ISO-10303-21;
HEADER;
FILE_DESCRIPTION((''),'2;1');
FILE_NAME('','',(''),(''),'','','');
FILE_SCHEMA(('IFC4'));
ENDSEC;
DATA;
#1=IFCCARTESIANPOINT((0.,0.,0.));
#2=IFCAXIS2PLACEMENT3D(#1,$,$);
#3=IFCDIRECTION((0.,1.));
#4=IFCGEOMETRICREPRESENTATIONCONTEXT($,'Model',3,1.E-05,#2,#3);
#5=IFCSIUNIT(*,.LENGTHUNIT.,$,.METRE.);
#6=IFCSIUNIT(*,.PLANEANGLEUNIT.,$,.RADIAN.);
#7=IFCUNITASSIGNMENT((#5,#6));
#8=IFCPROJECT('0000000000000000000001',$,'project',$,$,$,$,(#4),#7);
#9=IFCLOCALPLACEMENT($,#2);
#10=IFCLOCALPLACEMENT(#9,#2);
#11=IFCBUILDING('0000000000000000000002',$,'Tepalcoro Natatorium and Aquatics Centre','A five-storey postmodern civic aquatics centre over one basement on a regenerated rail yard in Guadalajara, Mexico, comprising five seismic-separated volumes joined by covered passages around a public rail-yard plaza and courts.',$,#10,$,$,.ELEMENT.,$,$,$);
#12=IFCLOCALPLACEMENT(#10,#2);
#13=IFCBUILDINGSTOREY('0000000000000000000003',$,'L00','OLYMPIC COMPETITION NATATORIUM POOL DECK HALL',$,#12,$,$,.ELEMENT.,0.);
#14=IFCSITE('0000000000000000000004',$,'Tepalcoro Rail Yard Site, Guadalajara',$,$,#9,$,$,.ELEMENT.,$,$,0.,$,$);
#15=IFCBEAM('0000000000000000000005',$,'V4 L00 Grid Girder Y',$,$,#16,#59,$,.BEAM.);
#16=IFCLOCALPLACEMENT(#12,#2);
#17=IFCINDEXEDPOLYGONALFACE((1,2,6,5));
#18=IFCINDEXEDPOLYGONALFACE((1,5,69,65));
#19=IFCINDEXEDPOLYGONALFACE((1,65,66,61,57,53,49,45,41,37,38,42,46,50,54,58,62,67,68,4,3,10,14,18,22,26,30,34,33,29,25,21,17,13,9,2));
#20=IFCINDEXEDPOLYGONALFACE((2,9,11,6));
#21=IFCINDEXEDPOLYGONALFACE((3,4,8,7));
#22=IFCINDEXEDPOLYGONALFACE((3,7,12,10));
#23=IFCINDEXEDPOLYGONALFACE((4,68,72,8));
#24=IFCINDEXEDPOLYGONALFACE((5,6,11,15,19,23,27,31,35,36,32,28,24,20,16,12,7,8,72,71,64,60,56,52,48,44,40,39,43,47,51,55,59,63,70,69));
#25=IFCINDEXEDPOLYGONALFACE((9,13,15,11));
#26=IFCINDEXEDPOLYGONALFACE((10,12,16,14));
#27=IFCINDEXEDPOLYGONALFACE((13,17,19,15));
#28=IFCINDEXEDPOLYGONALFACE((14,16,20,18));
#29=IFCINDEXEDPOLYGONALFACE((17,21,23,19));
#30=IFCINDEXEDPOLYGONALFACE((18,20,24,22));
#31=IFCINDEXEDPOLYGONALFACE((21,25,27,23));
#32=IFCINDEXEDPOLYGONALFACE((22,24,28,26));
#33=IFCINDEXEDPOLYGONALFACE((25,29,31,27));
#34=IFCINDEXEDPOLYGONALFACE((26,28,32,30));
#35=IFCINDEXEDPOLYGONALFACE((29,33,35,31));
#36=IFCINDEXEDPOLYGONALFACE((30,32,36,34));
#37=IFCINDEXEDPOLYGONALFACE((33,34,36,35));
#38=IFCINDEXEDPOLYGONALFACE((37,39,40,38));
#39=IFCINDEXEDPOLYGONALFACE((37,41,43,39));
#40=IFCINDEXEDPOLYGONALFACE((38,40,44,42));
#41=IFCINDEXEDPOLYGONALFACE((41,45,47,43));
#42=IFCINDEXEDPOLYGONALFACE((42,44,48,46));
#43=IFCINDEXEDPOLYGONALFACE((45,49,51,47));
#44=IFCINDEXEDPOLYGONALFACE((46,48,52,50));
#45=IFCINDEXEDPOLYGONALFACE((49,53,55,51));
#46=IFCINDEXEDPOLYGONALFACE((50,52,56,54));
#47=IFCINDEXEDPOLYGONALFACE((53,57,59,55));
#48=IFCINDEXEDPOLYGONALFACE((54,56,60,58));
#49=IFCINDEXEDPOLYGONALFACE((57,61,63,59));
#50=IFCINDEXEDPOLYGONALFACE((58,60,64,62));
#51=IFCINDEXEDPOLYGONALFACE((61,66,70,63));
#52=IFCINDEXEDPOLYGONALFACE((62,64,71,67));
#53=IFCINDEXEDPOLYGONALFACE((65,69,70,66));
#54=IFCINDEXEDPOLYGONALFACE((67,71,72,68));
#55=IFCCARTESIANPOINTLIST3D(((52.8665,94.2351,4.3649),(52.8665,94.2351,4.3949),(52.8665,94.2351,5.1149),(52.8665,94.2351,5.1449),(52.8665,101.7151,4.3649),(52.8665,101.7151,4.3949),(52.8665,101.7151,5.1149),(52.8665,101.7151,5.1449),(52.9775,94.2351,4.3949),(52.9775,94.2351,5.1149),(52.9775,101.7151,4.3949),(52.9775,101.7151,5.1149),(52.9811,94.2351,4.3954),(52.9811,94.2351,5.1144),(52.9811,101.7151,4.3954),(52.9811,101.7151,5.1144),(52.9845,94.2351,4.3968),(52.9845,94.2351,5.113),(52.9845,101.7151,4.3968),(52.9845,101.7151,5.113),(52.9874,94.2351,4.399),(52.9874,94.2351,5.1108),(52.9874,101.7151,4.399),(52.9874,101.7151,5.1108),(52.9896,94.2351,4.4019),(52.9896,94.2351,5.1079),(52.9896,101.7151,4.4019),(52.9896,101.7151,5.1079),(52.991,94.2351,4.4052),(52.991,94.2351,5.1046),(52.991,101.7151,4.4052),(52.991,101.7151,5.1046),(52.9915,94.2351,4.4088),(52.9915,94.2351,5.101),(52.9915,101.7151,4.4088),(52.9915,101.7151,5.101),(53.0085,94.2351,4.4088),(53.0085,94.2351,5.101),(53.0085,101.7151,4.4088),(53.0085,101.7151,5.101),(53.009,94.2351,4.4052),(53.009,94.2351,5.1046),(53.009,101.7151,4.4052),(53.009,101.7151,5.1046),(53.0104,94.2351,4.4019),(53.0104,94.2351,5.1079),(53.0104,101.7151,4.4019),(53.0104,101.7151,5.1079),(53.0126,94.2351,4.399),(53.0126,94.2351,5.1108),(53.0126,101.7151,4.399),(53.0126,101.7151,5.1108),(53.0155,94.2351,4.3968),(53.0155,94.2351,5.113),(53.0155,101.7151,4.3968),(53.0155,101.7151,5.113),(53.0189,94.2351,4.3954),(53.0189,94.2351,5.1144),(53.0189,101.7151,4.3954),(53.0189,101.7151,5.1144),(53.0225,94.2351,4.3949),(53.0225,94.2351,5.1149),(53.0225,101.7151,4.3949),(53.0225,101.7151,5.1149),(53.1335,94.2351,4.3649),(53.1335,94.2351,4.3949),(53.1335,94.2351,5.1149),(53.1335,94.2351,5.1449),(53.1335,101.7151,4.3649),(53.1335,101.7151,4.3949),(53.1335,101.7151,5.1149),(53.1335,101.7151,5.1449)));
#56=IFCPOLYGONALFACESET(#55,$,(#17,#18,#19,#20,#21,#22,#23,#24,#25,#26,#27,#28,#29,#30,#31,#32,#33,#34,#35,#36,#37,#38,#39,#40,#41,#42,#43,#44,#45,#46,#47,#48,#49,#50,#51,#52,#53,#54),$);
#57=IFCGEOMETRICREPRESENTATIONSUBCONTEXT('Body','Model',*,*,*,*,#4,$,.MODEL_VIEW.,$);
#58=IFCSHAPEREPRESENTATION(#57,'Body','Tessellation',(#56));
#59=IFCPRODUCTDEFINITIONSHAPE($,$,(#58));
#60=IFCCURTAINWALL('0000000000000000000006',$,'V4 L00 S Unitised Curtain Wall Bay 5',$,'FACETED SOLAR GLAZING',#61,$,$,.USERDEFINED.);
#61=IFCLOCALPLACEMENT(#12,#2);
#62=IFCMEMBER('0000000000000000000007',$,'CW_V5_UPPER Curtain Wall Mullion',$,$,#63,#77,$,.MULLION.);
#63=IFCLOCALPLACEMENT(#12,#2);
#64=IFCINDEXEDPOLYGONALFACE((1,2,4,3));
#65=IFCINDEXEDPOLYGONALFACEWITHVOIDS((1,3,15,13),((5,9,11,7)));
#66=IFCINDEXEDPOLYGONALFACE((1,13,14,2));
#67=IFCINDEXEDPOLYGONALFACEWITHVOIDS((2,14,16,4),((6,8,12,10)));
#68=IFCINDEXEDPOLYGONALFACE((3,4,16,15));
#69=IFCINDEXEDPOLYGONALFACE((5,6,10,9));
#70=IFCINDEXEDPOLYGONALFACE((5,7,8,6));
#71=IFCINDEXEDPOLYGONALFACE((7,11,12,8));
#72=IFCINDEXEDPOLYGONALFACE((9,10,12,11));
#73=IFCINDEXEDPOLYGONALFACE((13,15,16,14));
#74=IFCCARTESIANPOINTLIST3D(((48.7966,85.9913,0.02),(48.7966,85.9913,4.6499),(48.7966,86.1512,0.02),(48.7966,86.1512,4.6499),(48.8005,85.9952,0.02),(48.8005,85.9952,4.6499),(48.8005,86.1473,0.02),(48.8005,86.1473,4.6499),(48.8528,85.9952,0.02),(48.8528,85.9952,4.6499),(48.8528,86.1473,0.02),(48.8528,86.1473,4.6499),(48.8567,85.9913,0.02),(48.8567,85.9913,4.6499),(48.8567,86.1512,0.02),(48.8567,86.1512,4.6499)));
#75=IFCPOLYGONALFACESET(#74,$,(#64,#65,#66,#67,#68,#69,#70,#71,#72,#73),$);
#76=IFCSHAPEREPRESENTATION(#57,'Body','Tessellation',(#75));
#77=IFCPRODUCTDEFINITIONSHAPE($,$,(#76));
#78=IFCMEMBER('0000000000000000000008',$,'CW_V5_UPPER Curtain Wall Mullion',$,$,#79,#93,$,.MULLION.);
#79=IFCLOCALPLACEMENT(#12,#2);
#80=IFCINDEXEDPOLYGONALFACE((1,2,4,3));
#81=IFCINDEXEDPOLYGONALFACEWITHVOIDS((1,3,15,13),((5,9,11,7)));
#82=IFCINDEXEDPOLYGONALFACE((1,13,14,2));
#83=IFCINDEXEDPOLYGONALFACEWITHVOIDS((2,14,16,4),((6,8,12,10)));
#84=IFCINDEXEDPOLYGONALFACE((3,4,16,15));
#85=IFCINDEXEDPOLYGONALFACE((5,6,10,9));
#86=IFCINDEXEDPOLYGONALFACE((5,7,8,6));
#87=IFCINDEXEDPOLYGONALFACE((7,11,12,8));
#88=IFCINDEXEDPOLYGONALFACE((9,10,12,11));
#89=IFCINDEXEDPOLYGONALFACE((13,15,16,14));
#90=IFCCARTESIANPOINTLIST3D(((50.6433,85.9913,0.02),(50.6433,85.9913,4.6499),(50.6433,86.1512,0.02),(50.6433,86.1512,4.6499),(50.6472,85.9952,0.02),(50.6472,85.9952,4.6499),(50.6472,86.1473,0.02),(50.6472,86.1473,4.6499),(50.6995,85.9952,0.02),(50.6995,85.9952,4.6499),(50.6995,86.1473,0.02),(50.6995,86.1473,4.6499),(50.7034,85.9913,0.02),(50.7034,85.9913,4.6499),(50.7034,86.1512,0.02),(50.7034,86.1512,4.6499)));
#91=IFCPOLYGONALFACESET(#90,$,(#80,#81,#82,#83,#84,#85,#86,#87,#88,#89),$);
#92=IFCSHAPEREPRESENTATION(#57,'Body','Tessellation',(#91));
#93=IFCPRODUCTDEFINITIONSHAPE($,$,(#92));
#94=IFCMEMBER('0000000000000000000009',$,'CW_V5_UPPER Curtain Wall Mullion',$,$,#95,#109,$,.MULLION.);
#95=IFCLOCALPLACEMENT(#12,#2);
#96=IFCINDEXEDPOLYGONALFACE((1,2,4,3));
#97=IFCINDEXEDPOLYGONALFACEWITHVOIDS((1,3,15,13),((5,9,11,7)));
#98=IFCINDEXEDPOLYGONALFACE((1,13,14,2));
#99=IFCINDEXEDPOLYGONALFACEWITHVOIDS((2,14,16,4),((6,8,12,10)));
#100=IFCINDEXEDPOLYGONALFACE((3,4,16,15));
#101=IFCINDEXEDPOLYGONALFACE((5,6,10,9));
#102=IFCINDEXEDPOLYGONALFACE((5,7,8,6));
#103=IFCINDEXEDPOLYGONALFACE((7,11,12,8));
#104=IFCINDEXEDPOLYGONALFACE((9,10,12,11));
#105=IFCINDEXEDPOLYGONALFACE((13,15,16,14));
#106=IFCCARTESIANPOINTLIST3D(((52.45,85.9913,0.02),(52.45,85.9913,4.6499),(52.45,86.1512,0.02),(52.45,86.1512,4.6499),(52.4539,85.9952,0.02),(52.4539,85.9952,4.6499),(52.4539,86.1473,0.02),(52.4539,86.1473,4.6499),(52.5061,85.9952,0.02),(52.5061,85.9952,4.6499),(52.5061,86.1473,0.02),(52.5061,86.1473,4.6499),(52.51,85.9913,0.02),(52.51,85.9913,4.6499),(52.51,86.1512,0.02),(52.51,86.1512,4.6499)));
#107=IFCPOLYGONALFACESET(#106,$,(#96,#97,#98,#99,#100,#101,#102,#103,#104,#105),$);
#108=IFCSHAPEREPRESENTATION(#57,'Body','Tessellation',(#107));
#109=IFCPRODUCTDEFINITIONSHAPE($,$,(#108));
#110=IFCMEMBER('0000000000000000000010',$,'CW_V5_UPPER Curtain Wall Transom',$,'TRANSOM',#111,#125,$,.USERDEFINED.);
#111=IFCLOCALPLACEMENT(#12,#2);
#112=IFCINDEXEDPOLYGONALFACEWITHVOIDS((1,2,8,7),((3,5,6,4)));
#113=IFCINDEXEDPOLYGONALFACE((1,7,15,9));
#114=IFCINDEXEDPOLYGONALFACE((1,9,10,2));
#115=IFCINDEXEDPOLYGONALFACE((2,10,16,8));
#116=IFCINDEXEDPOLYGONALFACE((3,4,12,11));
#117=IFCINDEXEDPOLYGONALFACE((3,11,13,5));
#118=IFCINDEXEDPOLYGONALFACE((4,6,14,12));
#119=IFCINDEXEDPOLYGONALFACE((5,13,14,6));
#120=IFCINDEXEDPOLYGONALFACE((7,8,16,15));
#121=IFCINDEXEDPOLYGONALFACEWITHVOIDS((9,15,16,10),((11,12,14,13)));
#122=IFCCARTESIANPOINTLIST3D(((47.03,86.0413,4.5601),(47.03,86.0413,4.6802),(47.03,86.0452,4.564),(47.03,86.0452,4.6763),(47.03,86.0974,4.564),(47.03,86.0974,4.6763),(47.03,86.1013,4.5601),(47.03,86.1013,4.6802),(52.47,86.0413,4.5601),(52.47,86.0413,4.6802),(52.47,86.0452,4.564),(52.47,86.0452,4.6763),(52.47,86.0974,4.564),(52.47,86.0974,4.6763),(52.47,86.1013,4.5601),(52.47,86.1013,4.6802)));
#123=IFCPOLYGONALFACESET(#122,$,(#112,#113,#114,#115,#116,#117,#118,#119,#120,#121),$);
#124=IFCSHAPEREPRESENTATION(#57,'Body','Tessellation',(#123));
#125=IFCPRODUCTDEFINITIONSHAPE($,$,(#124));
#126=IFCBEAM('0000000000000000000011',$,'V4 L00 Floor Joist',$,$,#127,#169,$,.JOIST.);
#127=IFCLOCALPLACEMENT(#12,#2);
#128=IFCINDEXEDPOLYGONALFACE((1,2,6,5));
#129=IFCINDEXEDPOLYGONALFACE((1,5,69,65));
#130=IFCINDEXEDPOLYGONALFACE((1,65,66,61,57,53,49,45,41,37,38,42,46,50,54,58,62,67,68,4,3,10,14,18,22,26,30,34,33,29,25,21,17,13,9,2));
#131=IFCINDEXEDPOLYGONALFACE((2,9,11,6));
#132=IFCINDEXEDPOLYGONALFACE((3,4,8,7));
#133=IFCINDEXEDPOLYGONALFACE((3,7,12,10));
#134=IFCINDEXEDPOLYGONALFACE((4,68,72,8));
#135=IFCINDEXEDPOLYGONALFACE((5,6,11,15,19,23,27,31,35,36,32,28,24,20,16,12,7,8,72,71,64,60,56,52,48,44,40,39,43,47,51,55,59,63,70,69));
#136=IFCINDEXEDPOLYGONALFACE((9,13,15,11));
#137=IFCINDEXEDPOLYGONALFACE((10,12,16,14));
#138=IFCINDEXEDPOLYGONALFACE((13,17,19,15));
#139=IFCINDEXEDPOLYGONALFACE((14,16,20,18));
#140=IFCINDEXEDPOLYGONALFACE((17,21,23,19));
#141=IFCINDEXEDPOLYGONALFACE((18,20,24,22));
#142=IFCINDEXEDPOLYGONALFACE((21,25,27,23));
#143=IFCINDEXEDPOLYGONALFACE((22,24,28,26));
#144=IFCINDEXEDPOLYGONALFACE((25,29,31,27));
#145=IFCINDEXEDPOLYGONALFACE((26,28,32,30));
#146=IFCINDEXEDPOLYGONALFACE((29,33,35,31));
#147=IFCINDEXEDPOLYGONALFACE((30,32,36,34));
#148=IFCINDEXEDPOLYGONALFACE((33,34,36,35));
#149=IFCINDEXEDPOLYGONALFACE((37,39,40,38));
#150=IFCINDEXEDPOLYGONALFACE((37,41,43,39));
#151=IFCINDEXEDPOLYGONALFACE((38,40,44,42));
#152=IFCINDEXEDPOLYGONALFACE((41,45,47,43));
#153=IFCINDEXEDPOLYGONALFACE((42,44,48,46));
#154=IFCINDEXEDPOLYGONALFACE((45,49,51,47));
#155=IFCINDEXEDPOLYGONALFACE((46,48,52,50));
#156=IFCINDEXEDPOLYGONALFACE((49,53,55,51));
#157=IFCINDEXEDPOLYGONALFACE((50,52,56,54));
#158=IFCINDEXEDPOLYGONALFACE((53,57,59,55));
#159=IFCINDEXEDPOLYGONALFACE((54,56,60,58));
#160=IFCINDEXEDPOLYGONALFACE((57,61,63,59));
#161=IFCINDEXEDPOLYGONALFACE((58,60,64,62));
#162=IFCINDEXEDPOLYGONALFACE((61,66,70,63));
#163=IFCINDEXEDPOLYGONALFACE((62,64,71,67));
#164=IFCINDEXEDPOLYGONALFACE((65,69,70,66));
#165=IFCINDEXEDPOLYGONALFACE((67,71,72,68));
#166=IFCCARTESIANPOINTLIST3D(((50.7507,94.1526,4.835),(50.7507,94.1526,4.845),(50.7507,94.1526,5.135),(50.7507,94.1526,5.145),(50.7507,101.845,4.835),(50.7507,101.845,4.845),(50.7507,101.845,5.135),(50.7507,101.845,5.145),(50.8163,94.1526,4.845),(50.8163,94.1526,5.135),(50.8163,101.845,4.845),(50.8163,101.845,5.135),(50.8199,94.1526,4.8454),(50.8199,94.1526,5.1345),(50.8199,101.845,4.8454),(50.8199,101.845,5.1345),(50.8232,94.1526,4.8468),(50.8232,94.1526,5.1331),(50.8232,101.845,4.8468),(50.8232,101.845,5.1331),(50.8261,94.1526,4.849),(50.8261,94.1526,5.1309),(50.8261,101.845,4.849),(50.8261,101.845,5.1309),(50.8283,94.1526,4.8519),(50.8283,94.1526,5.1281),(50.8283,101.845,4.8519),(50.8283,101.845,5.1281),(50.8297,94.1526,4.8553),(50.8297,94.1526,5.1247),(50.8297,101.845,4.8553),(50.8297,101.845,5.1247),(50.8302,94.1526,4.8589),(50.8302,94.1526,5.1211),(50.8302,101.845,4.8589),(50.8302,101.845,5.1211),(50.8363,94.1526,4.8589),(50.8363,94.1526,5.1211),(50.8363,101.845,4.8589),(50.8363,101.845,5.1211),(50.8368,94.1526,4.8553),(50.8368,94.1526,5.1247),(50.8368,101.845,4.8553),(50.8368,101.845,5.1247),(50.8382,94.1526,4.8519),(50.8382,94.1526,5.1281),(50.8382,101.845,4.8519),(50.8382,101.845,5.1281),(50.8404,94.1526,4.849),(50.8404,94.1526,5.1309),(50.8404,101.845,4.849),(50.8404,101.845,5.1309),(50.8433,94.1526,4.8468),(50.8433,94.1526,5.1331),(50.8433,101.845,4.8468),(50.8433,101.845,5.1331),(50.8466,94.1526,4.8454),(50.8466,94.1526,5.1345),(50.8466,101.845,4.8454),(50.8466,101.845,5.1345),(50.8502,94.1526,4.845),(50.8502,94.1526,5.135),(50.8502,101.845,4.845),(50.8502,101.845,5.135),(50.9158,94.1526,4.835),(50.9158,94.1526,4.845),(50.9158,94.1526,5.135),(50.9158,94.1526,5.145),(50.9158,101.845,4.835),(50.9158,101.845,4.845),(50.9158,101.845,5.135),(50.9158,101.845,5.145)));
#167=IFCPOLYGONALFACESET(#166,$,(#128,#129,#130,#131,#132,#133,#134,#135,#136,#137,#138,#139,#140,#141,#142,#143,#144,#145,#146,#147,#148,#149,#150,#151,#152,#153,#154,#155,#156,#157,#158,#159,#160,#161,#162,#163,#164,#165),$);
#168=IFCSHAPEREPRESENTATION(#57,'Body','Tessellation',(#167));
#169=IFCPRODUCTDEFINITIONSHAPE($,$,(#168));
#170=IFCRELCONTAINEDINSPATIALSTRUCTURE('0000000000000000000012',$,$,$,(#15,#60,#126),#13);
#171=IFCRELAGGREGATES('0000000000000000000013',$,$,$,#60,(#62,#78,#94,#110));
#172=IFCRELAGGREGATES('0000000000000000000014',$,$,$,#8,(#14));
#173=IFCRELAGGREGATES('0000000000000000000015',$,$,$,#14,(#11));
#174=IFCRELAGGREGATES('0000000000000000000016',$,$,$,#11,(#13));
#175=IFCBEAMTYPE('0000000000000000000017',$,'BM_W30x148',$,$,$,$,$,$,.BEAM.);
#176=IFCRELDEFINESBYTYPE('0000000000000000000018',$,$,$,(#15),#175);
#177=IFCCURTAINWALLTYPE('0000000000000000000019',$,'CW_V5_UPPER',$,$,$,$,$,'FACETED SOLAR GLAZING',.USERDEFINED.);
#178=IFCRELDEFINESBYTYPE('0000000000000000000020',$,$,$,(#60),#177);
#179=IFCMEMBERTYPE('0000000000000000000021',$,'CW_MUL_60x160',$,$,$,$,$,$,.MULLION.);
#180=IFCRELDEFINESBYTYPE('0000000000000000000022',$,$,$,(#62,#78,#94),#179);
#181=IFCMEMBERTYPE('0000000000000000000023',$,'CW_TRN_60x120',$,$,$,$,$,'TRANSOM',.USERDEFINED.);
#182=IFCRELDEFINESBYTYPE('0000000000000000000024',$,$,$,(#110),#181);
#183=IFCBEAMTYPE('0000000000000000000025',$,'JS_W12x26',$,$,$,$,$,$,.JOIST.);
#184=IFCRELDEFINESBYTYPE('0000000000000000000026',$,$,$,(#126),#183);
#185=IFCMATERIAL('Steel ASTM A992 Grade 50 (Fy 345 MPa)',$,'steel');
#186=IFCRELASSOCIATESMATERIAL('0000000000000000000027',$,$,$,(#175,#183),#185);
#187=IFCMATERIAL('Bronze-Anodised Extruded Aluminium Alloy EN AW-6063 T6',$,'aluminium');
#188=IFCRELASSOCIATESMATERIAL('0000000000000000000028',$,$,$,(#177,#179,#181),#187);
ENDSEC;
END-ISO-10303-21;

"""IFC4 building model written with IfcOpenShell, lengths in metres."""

from ifc_helpers import new_model, si_unit, direction, frame, origin, origin_2d, place, context, subcontext, project, spatial, hollow_rectangle, i_section, extrude, material, material_profile, profile_set, type_object, element, aggregate, save


model = new_model("IFC4")

# Units and contexts
model_context = context("Model", 3, precision=1e-05, world=origin(), true_north=direction((0.0, 1.0)))
body_context = subcontext(model_context, "Body", "Model", "MODEL_VIEW")
ifc_project = project(units=[si_unit("LENGTHUNIT", "METRE"), si_unit("PLANEANGLEUNIT", "RADIAN")], contexts=[model_context])

# Site, building, storey
site_placement = place(None, origin())
site = spatial("IfcSite", under=ifc_project, at=site_placement, Name="Tepalcoro Rail Yard Site, Guadalajara", CompositionType="ELEMENT", RefElevation=0.0)
building_placement = place(site_placement, origin())
building = spatial("IfcBuilding", under=site, at=building_placement, Name="Tepalcoro Natatorium and Aquatics Centre", Description="A five-storey postmodern civic aquatics centre over one basement on a regenerated rail yard in Guadalajara, Mexico, comprising five seismic-separated volumes joined by covered passages around a public rail-yard plaza and courts.", CompositionType="ELEMENT")
storey_placement = place(building_placement, origin())
storey = spatial("IfcBuildingStorey", under=building, at=storey_placement, Name="L00", Description="OLYMPIC COMPETITION NATATORIUM POOL DECK HALL", CompositionType="ELEMENT", Elevation=0.0)

# Beam
ifc_material_1 = material(Name="Steel ASTM A992 Grade 50 (Fy 345 MPa)", Category="steel")
ifc_material_profile_1 = material_profile(ifc_material_1, i_section(OverallWidth=0.2671, OverallDepth=0.78, WebThickness=0.0171, FlangeThickness=0.03, FilletRadius=0.0139, at=origin_2d()), Name="W30X148")
ifc_profile_set_1 = profile_set([ifc_material_profile_1], Name="Steel ASTM A992 Grade 50 (Fy 345 MPa)")
beam_type_1 = type_object("IfcBeamType", Name="BM_W30x148", PredefinedType="BEAM", material=ifc_profile_set_1)
beam_1_placement = place(storey_placement, frame((53.0, 94.2351, 4.7549), z_axis=(0.0, 1.0, 0.0), x_axis=(-1.0, 0.0, 0.0)))
element("IfcBeam", 1, at=beam_1_placement, inside=storey, type_object=beam_type_1, Name="V4 L00 Grid Girder Y", PredefinedType="BEAM", context=body_context, shape_type="SweptSolid", body=[
    extrude(i_section(OverallWidth=0.2671, OverallDepth=0.78, WebThickness=0.0171, FlangeThickness=0.03, FilletRadius=0.0139, at=origin_2d()), origin(), (0.0, 0.0, 1.0), 7.48),
])

# Curtain wall, members
ifc_material_2 = material(Name="Bronze-Anodised Extruded Aluminium Alloy EN AW-6063 T6", Category="aluminium")
curtain_wall_type = type_object("IfcCurtainWallType", Name="CW_V5_UPPER", ElementType="FACETED SOLAR GLAZING", PredefinedType="USERDEFINED", material=ifc_material_2)
curtain_wall_placement = place(storey_placement, origin())
curtain_wall = element("IfcCurtainWall", 2, at=curtain_wall_placement, inside=storey, type_object=curtain_wall_type, Name="V4 L00 S Unitised Curtain Wall Bay 5", ObjectType="FACETED SOLAR GLAZING", PredefinedType="USERDEFINED")
ifc_material_profile_2 = material_profile(ifc_material_2, hollow_rectangle(XDim=0.0601, YDim=0.1599, WallThickness=0.0039, at=origin_2d()), Name="AL60X160X4")
ifc_profile_set_2 = profile_set([ifc_material_profile_2], Name="Bronze-Anodised Extruded Aluminium Alloy EN AW-6063 T6")
member_type_1 = type_object("IfcMemberType", Name="CW_MUL_60x160", PredefinedType="MULLION", material=ifc_profile_set_2)
member_1_placement = place(storey_placement, frame((48.8267, 86.0713, 0.02), z_axis=(0.0, 0.0, 1.0), x_axis=(1.0, 0.0, 0.0)))
member_1 = element("IfcMember", 3, at=member_1_placement, type_object=member_type_1, Name="CW_V5_UPPER Curtain Wall Mullion", PredefinedType="MULLION", context=body_context, shape_type="SweptSolid", body=[
    extrude(hollow_rectangle(XDim=0.0601, YDim=0.1599, WallThickness=0.0039, at=origin_2d()), origin(), (0.0, 0.0, 1.0), 4.6299),
])
member_2_placement = place(storey_placement, frame((50.6733, 86.0713, 0.02), z_axis=(0.0, 0.0, 1.0), x_axis=(1.0, 0.0, 0.0)))
member_2 = element("IfcMember", 4, at=member_2_placement, type_object=member_type_1, Name="CW_V5_UPPER Curtain Wall Mullion", PredefinedType="MULLION", context=body_context, shape_type="SweptSolid", body=[
    extrude(hollow_rectangle(XDim=0.0601, YDim=0.1599, WallThickness=0.0039, at=origin_2d()), origin(), (0.0, 0.0, 1.0), 4.6299),
])
member_3_placement = place(storey_placement, frame((52.48, 86.0713, 0.02), z_axis=(0.0, 0.0, 1.0), x_axis=(1.0, 0.0, 0.0)))
member_3 = element("IfcMember", 5, at=member_3_placement, type_object=member_type_1, Name="CW_V5_UPPER Curtain Wall Mullion", PredefinedType="MULLION", context=body_context, shape_type="SweptSolid", body=[
    extrude(hollow_rectangle(XDim=0.0601, YDim=0.1599, WallThickness=0.0039, at=origin_2d()), origin(), (0.0, 0.0, 1.0), 4.6299),
])
ifc_material_profile_3 = material_profile(ifc_material_2, hollow_rectangle(XDim=0.0601, YDim=0.1201, WallThickness=0.0039, at=origin_2d()), Name="AL60X120X4")
ifc_profile_set_3 = profile_set([ifc_material_profile_3], Name="Bronze-Anodised Extruded Aluminium Alloy EN AW-6063 T6")
member_type_2 = type_object("IfcMemberType", Name="CW_TRN_60x120", ElementType="TRANSOM", PredefinedType="USERDEFINED", material=ifc_profile_set_3)
member_4_placement = place(storey_placement, frame((47.03, 86.0713, 4.6201), z_axis=(1.0, 0.0, 0.0), x_axis=(0.0, 1.0, 0.0)))
member_4 = element("IfcMember", 6, at=member_4_placement, type_object=member_type_2, Name="CW_V5_UPPER Curtain Wall Transom", ObjectType="TRANSOM", PredefinedType="USERDEFINED", context=body_context, shape_type="SweptSolid", body=[
    extrude(hollow_rectangle(XDim=0.0601, YDim=0.1201, WallThickness=0.0039, at=origin_2d()), origin(), (0.0, 0.0, 1.0), 5.4399),
])

# Beam
ifc_material_profile_4 = material_profile(ifc_material_1, i_section(OverallWidth=0.165, OverallDepth=0.3101, WebThickness=0.0061, FlangeThickness=0.01, FilletRadius=0.0139, at=origin_2d()), Name="W12X26")
ifc_profile_set_4 = profile_set([ifc_material_profile_4], Name="Steel ASTM A992 Grade 50 (Fy 345 MPa)")
beam_type_2 = type_object("IfcBeamType", Name="JS_W12x26", PredefinedType="JOIST", material=ifc_profile_set_4)
beam_2_placement = place(storey_placement, frame((50.8333, 94.1526, 4.99), z_axis=(0.0, 1.0, 0.0), x_axis=(-1.0, 0.0, 0.0)))
element("IfcBeam", 7, at=beam_2_placement, inside=storey, type_object=beam_type_2, Name="V4 L00 Floor Joist", PredefinedType="JOIST", context=body_context, shape_type="SweptSolid", body=[
    extrude(i_section(OverallWidth=0.165, OverallDepth=0.3101, WebThickness=0.0061, FlangeThickness=0.01, FilletRadius=0.0139, at=origin_2d()), origin(), (0.0, 0.0, 1.0), 7.6924),
])

aggregate(curtain_wall, [member_1, member_2, member_3, member_4])

save(model, "model.ifc")
